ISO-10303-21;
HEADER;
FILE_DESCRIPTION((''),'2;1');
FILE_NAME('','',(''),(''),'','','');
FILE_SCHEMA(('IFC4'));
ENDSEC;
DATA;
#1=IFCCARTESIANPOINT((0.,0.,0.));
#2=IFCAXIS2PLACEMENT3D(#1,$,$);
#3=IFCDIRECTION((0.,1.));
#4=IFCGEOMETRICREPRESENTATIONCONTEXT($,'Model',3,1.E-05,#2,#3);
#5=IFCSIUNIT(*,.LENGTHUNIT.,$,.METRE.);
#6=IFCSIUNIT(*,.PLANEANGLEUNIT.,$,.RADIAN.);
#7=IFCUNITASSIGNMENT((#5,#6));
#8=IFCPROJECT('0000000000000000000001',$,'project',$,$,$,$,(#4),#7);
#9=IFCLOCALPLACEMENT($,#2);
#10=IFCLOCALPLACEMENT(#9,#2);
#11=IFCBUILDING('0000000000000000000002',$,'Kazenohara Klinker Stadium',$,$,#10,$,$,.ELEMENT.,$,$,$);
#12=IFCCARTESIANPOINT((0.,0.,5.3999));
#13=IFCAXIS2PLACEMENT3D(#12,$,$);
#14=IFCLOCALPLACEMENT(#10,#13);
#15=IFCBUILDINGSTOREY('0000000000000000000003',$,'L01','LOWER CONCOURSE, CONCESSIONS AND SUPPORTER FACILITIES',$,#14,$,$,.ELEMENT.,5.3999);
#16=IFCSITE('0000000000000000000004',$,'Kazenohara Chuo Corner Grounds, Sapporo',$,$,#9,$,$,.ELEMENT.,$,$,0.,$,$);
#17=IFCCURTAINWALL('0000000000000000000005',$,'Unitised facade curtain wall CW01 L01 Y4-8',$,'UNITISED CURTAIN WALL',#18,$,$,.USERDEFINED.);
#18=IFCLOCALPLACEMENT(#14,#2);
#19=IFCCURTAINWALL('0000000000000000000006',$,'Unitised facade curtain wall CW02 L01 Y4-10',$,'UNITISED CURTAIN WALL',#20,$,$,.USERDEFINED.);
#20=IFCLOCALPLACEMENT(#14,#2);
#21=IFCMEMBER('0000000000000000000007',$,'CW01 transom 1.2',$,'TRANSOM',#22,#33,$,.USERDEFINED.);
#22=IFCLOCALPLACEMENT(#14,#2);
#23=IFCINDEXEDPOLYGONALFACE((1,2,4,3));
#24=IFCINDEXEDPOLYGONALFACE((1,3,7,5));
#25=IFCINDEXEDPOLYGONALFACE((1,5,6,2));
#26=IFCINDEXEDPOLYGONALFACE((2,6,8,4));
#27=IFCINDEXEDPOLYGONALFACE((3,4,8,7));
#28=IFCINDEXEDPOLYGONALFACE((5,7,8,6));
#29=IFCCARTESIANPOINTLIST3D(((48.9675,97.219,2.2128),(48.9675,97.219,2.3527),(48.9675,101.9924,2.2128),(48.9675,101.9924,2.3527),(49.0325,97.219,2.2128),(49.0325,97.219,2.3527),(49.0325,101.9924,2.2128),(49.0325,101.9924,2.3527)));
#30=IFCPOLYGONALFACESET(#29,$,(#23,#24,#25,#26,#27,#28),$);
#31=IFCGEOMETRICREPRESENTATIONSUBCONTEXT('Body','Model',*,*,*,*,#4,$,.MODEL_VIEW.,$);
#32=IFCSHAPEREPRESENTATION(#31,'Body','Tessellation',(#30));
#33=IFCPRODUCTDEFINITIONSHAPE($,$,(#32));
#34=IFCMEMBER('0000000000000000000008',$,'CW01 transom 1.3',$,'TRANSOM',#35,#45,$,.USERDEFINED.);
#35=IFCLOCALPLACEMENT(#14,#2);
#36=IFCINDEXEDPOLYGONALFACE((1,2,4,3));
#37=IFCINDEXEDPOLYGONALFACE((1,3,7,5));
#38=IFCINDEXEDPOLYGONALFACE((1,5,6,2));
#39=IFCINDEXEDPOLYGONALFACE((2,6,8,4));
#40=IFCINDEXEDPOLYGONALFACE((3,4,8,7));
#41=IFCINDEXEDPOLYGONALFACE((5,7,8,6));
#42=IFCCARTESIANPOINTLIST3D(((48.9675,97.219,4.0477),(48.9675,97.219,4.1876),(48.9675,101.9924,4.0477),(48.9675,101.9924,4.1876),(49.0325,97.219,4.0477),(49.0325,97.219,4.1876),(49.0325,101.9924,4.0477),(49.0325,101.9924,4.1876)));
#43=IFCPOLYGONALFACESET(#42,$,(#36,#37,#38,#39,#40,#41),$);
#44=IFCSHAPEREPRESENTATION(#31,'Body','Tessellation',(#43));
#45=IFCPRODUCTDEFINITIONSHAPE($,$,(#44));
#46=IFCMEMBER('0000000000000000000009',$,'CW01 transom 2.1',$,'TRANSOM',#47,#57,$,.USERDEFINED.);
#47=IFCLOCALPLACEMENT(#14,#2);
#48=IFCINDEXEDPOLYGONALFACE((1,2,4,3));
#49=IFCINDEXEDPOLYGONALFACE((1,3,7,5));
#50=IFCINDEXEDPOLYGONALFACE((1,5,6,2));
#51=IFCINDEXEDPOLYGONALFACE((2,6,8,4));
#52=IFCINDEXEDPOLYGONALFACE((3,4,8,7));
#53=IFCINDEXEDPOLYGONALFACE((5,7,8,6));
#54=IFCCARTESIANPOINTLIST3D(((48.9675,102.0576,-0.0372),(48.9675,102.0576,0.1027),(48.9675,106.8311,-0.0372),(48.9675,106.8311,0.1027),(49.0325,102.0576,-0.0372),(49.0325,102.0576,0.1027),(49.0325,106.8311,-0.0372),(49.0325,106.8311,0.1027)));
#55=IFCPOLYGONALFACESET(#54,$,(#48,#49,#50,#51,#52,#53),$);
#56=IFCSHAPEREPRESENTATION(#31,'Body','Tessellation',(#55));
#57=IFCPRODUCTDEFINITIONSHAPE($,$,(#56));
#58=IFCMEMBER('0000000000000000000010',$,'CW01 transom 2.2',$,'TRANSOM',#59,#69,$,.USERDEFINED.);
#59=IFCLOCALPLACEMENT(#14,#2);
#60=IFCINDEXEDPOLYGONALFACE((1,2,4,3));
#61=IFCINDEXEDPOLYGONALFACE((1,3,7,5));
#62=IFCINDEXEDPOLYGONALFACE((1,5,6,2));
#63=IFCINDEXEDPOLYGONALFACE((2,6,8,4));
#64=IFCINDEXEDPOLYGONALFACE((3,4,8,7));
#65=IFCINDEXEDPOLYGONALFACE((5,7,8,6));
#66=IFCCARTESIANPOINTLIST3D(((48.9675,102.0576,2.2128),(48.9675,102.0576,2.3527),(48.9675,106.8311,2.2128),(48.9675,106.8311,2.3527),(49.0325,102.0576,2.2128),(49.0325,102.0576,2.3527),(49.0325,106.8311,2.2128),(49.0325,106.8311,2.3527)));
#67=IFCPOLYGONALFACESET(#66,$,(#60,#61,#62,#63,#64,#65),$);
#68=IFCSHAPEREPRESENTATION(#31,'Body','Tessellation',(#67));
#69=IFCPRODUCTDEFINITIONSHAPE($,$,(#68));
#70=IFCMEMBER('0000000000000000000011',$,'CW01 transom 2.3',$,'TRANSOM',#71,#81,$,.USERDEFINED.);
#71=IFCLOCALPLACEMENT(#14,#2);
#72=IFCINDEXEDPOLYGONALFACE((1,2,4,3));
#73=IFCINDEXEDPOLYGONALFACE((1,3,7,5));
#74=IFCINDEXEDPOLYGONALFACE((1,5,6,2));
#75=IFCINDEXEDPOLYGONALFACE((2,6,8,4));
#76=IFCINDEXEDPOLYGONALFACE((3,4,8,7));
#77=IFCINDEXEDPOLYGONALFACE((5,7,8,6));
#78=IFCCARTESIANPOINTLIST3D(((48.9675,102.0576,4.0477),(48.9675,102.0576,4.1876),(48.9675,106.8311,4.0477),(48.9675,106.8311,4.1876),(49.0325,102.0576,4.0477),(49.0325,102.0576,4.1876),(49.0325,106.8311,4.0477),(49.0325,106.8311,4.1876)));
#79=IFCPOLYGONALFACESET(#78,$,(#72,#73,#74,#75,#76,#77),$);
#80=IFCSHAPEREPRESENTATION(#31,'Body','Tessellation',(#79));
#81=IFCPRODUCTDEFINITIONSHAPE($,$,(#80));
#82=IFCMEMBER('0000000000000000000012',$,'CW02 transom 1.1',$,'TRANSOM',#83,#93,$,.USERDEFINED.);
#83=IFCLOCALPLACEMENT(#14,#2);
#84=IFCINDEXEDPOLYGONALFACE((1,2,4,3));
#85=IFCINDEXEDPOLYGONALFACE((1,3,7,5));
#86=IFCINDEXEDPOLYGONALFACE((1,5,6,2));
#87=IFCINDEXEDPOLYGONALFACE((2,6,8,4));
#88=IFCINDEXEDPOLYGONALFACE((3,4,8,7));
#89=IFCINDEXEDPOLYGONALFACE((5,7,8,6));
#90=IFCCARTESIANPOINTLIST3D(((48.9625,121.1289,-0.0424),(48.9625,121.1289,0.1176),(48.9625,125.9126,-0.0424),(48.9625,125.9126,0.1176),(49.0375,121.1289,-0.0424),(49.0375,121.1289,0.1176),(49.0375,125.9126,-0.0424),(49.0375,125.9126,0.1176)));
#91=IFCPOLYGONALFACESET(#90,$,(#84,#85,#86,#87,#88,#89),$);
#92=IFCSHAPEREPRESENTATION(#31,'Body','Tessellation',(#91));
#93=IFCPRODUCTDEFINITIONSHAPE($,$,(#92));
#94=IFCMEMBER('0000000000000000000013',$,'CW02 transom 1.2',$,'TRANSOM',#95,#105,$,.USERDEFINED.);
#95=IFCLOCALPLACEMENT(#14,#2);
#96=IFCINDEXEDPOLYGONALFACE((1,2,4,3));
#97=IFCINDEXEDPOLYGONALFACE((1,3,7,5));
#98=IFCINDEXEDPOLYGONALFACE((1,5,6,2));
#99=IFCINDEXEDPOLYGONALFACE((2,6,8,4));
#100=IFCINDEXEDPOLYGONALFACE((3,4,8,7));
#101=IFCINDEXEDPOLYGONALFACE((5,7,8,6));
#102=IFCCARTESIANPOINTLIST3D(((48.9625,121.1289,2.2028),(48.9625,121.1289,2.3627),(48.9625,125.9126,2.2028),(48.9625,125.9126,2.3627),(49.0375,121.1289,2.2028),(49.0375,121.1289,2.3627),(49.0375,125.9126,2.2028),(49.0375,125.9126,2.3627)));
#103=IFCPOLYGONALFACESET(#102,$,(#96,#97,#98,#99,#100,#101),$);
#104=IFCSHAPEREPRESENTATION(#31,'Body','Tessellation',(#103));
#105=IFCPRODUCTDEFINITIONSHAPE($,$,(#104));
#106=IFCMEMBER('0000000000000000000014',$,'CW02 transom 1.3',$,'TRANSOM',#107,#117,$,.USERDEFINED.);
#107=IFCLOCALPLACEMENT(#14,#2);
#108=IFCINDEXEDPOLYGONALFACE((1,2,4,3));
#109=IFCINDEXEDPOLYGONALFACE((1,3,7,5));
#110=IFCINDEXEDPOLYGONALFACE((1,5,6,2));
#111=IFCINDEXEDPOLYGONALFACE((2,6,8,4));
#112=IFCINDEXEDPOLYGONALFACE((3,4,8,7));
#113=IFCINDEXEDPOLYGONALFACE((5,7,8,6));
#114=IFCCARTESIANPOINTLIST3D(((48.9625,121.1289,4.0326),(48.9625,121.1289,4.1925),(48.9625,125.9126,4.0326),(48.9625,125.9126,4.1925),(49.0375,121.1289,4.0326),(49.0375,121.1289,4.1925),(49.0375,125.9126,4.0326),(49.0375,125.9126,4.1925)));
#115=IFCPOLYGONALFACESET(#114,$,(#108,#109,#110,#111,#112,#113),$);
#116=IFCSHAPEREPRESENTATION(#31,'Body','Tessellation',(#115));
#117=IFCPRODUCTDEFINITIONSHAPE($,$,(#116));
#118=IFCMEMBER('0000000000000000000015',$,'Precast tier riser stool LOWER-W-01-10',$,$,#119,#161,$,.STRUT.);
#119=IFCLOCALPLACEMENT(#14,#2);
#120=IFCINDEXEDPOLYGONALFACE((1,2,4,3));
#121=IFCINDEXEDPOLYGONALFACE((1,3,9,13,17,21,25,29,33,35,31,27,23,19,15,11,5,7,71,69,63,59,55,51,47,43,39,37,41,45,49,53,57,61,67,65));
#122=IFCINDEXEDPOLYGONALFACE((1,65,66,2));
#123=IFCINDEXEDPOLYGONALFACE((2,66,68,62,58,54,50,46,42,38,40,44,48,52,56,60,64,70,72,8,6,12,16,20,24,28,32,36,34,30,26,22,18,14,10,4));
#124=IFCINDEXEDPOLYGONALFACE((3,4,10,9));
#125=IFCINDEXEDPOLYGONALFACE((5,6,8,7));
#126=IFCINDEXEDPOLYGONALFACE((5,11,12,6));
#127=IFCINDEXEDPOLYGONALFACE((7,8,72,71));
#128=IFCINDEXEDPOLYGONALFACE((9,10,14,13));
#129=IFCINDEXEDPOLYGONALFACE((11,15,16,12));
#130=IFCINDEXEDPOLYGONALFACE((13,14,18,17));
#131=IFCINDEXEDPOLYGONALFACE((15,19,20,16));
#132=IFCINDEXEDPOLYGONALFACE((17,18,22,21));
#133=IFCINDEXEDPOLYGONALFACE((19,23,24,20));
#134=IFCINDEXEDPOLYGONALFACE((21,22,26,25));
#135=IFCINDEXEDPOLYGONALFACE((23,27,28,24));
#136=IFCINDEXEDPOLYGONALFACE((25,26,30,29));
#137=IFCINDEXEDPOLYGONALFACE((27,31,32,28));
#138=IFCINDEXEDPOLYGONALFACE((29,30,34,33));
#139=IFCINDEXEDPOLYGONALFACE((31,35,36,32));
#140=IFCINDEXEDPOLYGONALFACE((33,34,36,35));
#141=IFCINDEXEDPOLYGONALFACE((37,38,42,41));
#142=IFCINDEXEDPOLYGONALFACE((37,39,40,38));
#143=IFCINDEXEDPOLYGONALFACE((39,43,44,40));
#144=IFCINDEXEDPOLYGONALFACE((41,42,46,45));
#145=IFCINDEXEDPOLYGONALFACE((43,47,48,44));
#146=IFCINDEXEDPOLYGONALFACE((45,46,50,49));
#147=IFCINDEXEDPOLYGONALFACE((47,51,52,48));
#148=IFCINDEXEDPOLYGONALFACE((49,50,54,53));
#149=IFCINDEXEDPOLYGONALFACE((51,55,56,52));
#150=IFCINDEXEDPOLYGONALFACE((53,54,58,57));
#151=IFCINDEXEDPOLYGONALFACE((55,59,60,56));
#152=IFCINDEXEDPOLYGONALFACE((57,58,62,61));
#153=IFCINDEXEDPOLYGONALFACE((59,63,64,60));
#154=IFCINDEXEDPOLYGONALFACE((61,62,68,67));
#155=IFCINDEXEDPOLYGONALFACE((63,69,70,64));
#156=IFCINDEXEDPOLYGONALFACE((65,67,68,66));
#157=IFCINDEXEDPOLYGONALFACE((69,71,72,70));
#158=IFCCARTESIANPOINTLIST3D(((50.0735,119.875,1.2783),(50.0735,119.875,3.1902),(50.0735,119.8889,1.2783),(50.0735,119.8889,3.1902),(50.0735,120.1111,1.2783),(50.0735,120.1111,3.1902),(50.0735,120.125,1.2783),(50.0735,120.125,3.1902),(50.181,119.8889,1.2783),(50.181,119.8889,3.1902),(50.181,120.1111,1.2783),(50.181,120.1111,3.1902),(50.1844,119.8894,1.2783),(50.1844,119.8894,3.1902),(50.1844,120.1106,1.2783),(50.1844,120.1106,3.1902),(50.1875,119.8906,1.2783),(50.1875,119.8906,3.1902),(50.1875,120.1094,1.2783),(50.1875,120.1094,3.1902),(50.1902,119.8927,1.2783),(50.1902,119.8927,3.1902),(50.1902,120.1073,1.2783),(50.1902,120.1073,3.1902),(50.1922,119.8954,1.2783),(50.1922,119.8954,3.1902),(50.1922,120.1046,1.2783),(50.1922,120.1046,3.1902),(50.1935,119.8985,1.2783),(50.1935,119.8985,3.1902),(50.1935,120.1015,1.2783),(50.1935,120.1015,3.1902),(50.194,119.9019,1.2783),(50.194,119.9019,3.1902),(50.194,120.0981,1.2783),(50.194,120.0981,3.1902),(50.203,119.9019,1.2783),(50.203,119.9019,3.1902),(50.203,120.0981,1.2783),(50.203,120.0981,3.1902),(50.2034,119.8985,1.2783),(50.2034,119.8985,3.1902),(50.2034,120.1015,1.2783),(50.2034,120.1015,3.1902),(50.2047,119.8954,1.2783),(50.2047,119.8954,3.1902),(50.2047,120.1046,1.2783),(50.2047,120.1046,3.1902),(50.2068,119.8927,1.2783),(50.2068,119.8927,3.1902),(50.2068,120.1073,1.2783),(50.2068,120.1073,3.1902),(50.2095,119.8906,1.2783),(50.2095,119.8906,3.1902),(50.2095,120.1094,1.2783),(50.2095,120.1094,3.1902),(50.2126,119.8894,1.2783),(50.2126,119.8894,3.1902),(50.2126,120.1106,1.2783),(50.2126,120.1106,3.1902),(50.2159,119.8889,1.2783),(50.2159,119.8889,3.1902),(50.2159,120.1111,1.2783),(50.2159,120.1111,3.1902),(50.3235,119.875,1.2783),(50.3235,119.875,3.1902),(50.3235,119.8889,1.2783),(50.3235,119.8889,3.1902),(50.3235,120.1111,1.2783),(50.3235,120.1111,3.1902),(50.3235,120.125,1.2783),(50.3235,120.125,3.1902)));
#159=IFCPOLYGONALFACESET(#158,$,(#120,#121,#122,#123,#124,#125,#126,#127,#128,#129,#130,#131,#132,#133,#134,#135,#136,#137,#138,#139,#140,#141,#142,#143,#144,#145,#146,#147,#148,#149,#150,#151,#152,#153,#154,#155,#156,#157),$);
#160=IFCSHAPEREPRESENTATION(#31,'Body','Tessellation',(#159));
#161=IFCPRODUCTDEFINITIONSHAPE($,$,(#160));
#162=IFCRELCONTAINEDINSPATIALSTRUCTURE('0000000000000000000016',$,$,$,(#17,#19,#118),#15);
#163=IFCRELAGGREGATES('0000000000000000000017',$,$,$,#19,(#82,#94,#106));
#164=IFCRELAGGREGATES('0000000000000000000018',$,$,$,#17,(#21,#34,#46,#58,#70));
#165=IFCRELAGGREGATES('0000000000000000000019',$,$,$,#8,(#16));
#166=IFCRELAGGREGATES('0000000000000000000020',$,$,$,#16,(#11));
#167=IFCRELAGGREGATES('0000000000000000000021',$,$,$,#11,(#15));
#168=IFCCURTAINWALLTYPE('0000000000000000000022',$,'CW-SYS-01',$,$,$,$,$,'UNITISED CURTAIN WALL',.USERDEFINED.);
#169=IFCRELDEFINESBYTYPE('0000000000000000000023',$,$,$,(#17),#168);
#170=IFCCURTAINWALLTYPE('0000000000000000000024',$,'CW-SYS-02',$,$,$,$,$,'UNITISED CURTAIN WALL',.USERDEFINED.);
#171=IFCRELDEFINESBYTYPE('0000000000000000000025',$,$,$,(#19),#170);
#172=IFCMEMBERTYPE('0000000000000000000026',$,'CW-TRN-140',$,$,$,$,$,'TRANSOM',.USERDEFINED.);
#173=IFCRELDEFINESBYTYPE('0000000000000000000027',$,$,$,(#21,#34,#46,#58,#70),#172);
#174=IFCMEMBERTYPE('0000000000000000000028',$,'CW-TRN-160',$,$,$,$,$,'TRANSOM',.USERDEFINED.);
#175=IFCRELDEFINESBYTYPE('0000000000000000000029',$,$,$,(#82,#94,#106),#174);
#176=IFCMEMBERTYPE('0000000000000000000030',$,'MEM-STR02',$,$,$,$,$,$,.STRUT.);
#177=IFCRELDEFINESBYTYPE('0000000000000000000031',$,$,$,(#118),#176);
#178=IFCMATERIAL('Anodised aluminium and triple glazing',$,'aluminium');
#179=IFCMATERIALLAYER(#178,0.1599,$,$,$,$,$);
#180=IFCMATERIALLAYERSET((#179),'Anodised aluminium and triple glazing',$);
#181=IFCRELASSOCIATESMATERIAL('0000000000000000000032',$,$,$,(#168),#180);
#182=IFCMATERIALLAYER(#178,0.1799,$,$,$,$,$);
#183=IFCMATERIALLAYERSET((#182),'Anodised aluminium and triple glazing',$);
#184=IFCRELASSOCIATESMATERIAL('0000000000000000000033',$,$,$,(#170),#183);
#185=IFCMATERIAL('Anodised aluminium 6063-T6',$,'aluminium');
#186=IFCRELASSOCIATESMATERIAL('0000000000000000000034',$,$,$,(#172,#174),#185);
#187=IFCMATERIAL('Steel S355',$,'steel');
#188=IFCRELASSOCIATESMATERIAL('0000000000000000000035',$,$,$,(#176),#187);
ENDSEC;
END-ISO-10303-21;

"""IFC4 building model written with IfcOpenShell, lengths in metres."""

from ifc_helpers import new_model, si_unit, direction, frame, origin, origin_2d, place, context, subcontext, project, spatial, rectangle, i_section, extrude, material, layer, layer_set, material_profile, profile_set, type_object, element, aggregate, save


model = new_model("IFC4")

# Units and contexts
model_context = context("Model", 3, precision=1e-05, world=origin(), true_north=direction((0.0, 1.0)))
body_context = subcontext(model_context, "Body", "Model", "MODEL_VIEW")
ifc_project = project(units=[si_unit("LENGTHUNIT", "METRE"), si_unit("PLANEANGLEUNIT", "RADIAN")], contexts=[model_context])

# Site, building, storey
site_placement = place(None, origin())
site = spatial("IfcSite", under=ifc_project, at=site_placement, Name="Kazenohara Chuo Corner Grounds, Sapporo", CompositionType="ELEMENT", RefElevation=0.0)
building_placement = place(site_placement, origin())
building = spatial("IfcBuilding", under=site, at=building_placement, Name="Kazenohara Klinker Stadium", CompositionType="ELEMENT")
storey_placement = place(building_placement, frame((0.0, 0.0, 5.3999)))
storey = spatial("IfcBuildingStorey", under=building, at=storey_placement, Name="L01", Description="LOWER CONCOURSE, CONCESSIONS AND SUPPORTER FACILITIES", CompositionType="ELEMENT", Elevation=5.3999)

# Shared definitions
ifc_material_1 = material(Name="Steel S355", Category="steel")

# Curtain wall
ifc_material_2 = material(Name="Anodised aluminium and triple glazing", Category="aluminium")
ifc_layer_1 = layer(ifc_material_2, 0.1599)
ifc_layer_set_1 = layer_set([ifc_layer_1], Name="Anodised aluminium and triple glazing")
curtain_wall_type_1 = type_object("IfcCurtainWallType", Name="CW-SYS-01", ElementType="UNITISED CURTAIN WALL", PredefinedType="USERDEFINED", material=ifc_layer_set_1)
curtain_wall_1_placement = place(storey_placement, origin())
curtain_wall_1 = element("IfcCurtainWall", 1, at=curtain_wall_1_placement, inside=storey, type_object=curtain_wall_type_1, Name="Unitised facade curtain wall CW01 L01 Y4-8", ObjectType="UNITISED CURTAIN WALL", PredefinedType="USERDEFINED")
ifc_material_3 = material(Name="Anodised aluminium 6063-T6", Category="aluminium")

# Curtain wall
ifc_layer_2 = layer(ifc_material_2, 0.1799)
ifc_layer_set_2 = layer_set([ifc_layer_2], Name="Anodised aluminium and triple glazing")
curtain_wall_type_2 = type_object("IfcCurtainWallType", Name="CW-SYS-02", ElementType="UNITISED CURTAIN WALL", PredefinedType="USERDEFINED", material=ifc_layer_set_2)
curtain_wall_2_placement = place(storey_placement, origin())
curtain_wall_2 = element("IfcCurtainWall", 2, at=curtain_wall_2_placement, inside=storey, type_object=curtain_wall_type_2, Name="Unitised facade curtain wall CW02 L01 Y4-10", ObjectType="UNITISED CURTAIN WALL", PredefinedType="USERDEFINED")

# Members
ifc_material_profile_1 = material_profile(ifc_material_3, rectangle(XDim=0.0649, YDim=0.1399, at=origin_2d()), Name="ALU-TRN-65x140")
ifc_profile_set_1 = profile_set([ifc_material_profile_1], Name="Anodised aluminium 6063-T6")
member_type_1 = type_object("IfcMemberType", Name="CW-TRN-140", ElementType="TRANSOM", PredefinedType="USERDEFINED", material=ifc_profile_set_1)
member_1_placement = place(storey_placement, frame((49.0, 97.219, 2.2827), z_axis=(0.0, 1.0, 0.0), x_axis=(-1.0, 0.0, 0.0)))
member_1 = element("IfcMember", 3, at=member_1_placement, type_object=member_type_1, Name="CW01 transom 1.2", ObjectType="TRANSOM", PredefinedType="USERDEFINED", context=body_context, shape_type="SweptSolid", body=[
    extrude(rectangle(XDim=0.0649, YDim=0.1399, at=origin_2d()), origin(), (0.0, 0.0, 1.0), 4.7734),
])
member_2_placement = place(storey_placement, frame((49.0, 97.219, 4.1177), z_axis=(0.0, 1.0, 0.0), x_axis=(-1.0, 0.0, 0.0)))
member_2 = element("IfcMember", 4, at=member_2_placement, type_object=member_type_1, Name="CW01 transom 1.3", ObjectType="TRANSOM", PredefinedType="USERDEFINED", context=body_context, shape_type="SweptSolid", body=[
    extrude(rectangle(XDim=0.0649, YDim=0.1399, at=origin_2d()), origin(), (0.0, 0.0, 1.0), 4.7734),
])
member_3_placement = place(storey_placement, frame((49.0, 102.0576, 0.0327), z_axis=(0.0, 1.0, 0.0), x_axis=(-1.0, 0.0, 0.0)))
member_3 = element("IfcMember", 5, at=member_3_placement, type_object=member_type_1, Name="CW01 transom 2.1", ObjectType="TRANSOM", PredefinedType="USERDEFINED", context=body_context, shape_type="SweptSolid", body=[
    extrude(rectangle(XDim=0.0649, YDim=0.1399, at=origin_2d()), origin(), (0.0, 0.0, 1.0), 4.7734),
])
member_4_placement = place(storey_placement, frame((49.0, 102.0576, 2.2827), z_axis=(0.0, 1.0, 0.0), x_axis=(-1.0, 0.0, 0.0)))
member_4 = element("IfcMember", 6, at=member_4_placement, type_object=member_type_1, Name="CW01 transom 2.2", ObjectType="TRANSOM", PredefinedType="USERDEFINED", context=body_context, shape_type="SweptSolid", body=[
    extrude(rectangle(XDim=0.0649, YDim=0.1399, at=origin_2d()), origin(), (0.0, 0.0, 1.0), 4.7734),
])
member_5_placement = place(storey_placement, frame((49.0, 102.0576, 4.1177), z_axis=(0.0, 1.0, 0.0), x_axis=(-1.0, 0.0, 0.0)))
member_5 = element("IfcMember", 7, at=member_5_placement, type_object=member_type_1, Name="CW01 transom 2.3", ObjectType="TRANSOM", PredefinedType="USERDEFINED", context=body_context, shape_type="SweptSolid", body=[
    extrude(rectangle(XDim=0.0649, YDim=0.1399, at=origin_2d()), origin(), (0.0, 0.0, 1.0), 4.7734),
])
ifc_material_profile_2 = material_profile(ifc_material_3, rectangle(XDim=0.075, YDim=0.1599, at=origin_2d()), Name="ALU-TRN-75x160")
ifc_profile_set_2 = profile_set([ifc_material_profile_2], Name="Anodised aluminium 6063-T6")
member_type_2 = type_object("IfcMemberType", Name="CW-TRN-160", ElementType="TRANSOM", PredefinedType="USERDEFINED", material=ifc_profile_set_2)
member_6_placement = place(storey_placement, frame((49.0, 121.1289, 0.0376), z_axis=(0.0, 1.0, 0.0), x_axis=(-1.0, 0.0, 0.0)))
member_6 = element("IfcMember", 8, at=member_6_placement, type_object=member_type_2, Name="CW02 transom 1.1", ObjectType="TRANSOM", PredefinedType="USERDEFINED", context=body_context, shape_type="SweptSolid", body=[
    extrude(rectangle(XDim=0.075, YDim=0.1599, at=origin_2d()), origin(), (0.0, 0.0, 1.0), 4.7837),
])
member_7_placement = place(storey_placement, frame((49.0, 121.1289, 2.2827), z_axis=(0.0, 1.0, 0.0), x_axis=(-1.0, 0.0, 0.0)))
member_7 = element("IfcMember", 9, at=member_7_placement, type_object=member_type_2, Name="CW02 transom 1.2", ObjectType="TRANSOM", PredefinedType="USERDEFINED", context=body_context, shape_type="SweptSolid", body=[
    extrude(rectangle(XDim=0.075, YDim=0.1599, at=origin_2d()), origin(), (0.0, 0.0, 1.0), 4.7837),
])
member_8_placement = place(storey_placement, frame((49.0, 121.1289, 4.1125), z_axis=(0.0, 1.0, 0.0), x_axis=(-1.0, 0.0, 0.0)))
member_8 = element("IfcMember", 10, at=member_8_placement, type_object=member_type_2, Name="CW02 transom 1.3", ObjectType="TRANSOM", PredefinedType="USERDEFINED", context=body_context, shape_type="SweptSolid", body=[
    extrude(rectangle(XDim=0.075, YDim=0.1599, at=origin_2d()), origin(), (0.0, 0.0, 1.0), 4.7837),
])
aggregate(curtain_wall_2, [member_6, member_7, member_8])

# Member
ifc_material_profile_3 = material_profile(ifc_material_1, i_section(OverallWidth=0.25, OverallDepth=0.25, WebThickness=0.009, FlangeThickness=0.0139, FilletRadius=0.0129, at=origin_2d()), Name="H-250x250x9x14")
ifc_profile_set_3 = profile_set([ifc_material_profile_3], Name="Steel S355")
member_type_3 = type_object("IfcMemberType", Name="MEM-STR02", PredefinedType="STRUT", material=ifc_profile_set_3)
member_9_placement = place(storey_placement, frame((50.1985, 120.0, 1.2783), z_axis=(0.0, 0.0, 1.0), x_axis=(1.0, 0.0, 0.0)))
element("IfcMember", 11, at=member_9_placement, inside=storey, type_object=member_type_3, Name="Precast tier riser stool LOWER-W-01-10", PredefinedType="STRUT", context=body_context, shape_type="SweptSolid", body=[
    extrude(i_section(OverallWidth=0.25, OverallDepth=0.25, WebThickness=0.009, FlangeThickness=0.0139, FilletRadius=0.0129, at=origin_2d()), origin(), (0.0, 0.0, 1.0), 1.9119),
])

aggregate(curtain_wall_1, [member_1, member_2, member_3, member_4, member_5])

save(model, "model.ifc")
